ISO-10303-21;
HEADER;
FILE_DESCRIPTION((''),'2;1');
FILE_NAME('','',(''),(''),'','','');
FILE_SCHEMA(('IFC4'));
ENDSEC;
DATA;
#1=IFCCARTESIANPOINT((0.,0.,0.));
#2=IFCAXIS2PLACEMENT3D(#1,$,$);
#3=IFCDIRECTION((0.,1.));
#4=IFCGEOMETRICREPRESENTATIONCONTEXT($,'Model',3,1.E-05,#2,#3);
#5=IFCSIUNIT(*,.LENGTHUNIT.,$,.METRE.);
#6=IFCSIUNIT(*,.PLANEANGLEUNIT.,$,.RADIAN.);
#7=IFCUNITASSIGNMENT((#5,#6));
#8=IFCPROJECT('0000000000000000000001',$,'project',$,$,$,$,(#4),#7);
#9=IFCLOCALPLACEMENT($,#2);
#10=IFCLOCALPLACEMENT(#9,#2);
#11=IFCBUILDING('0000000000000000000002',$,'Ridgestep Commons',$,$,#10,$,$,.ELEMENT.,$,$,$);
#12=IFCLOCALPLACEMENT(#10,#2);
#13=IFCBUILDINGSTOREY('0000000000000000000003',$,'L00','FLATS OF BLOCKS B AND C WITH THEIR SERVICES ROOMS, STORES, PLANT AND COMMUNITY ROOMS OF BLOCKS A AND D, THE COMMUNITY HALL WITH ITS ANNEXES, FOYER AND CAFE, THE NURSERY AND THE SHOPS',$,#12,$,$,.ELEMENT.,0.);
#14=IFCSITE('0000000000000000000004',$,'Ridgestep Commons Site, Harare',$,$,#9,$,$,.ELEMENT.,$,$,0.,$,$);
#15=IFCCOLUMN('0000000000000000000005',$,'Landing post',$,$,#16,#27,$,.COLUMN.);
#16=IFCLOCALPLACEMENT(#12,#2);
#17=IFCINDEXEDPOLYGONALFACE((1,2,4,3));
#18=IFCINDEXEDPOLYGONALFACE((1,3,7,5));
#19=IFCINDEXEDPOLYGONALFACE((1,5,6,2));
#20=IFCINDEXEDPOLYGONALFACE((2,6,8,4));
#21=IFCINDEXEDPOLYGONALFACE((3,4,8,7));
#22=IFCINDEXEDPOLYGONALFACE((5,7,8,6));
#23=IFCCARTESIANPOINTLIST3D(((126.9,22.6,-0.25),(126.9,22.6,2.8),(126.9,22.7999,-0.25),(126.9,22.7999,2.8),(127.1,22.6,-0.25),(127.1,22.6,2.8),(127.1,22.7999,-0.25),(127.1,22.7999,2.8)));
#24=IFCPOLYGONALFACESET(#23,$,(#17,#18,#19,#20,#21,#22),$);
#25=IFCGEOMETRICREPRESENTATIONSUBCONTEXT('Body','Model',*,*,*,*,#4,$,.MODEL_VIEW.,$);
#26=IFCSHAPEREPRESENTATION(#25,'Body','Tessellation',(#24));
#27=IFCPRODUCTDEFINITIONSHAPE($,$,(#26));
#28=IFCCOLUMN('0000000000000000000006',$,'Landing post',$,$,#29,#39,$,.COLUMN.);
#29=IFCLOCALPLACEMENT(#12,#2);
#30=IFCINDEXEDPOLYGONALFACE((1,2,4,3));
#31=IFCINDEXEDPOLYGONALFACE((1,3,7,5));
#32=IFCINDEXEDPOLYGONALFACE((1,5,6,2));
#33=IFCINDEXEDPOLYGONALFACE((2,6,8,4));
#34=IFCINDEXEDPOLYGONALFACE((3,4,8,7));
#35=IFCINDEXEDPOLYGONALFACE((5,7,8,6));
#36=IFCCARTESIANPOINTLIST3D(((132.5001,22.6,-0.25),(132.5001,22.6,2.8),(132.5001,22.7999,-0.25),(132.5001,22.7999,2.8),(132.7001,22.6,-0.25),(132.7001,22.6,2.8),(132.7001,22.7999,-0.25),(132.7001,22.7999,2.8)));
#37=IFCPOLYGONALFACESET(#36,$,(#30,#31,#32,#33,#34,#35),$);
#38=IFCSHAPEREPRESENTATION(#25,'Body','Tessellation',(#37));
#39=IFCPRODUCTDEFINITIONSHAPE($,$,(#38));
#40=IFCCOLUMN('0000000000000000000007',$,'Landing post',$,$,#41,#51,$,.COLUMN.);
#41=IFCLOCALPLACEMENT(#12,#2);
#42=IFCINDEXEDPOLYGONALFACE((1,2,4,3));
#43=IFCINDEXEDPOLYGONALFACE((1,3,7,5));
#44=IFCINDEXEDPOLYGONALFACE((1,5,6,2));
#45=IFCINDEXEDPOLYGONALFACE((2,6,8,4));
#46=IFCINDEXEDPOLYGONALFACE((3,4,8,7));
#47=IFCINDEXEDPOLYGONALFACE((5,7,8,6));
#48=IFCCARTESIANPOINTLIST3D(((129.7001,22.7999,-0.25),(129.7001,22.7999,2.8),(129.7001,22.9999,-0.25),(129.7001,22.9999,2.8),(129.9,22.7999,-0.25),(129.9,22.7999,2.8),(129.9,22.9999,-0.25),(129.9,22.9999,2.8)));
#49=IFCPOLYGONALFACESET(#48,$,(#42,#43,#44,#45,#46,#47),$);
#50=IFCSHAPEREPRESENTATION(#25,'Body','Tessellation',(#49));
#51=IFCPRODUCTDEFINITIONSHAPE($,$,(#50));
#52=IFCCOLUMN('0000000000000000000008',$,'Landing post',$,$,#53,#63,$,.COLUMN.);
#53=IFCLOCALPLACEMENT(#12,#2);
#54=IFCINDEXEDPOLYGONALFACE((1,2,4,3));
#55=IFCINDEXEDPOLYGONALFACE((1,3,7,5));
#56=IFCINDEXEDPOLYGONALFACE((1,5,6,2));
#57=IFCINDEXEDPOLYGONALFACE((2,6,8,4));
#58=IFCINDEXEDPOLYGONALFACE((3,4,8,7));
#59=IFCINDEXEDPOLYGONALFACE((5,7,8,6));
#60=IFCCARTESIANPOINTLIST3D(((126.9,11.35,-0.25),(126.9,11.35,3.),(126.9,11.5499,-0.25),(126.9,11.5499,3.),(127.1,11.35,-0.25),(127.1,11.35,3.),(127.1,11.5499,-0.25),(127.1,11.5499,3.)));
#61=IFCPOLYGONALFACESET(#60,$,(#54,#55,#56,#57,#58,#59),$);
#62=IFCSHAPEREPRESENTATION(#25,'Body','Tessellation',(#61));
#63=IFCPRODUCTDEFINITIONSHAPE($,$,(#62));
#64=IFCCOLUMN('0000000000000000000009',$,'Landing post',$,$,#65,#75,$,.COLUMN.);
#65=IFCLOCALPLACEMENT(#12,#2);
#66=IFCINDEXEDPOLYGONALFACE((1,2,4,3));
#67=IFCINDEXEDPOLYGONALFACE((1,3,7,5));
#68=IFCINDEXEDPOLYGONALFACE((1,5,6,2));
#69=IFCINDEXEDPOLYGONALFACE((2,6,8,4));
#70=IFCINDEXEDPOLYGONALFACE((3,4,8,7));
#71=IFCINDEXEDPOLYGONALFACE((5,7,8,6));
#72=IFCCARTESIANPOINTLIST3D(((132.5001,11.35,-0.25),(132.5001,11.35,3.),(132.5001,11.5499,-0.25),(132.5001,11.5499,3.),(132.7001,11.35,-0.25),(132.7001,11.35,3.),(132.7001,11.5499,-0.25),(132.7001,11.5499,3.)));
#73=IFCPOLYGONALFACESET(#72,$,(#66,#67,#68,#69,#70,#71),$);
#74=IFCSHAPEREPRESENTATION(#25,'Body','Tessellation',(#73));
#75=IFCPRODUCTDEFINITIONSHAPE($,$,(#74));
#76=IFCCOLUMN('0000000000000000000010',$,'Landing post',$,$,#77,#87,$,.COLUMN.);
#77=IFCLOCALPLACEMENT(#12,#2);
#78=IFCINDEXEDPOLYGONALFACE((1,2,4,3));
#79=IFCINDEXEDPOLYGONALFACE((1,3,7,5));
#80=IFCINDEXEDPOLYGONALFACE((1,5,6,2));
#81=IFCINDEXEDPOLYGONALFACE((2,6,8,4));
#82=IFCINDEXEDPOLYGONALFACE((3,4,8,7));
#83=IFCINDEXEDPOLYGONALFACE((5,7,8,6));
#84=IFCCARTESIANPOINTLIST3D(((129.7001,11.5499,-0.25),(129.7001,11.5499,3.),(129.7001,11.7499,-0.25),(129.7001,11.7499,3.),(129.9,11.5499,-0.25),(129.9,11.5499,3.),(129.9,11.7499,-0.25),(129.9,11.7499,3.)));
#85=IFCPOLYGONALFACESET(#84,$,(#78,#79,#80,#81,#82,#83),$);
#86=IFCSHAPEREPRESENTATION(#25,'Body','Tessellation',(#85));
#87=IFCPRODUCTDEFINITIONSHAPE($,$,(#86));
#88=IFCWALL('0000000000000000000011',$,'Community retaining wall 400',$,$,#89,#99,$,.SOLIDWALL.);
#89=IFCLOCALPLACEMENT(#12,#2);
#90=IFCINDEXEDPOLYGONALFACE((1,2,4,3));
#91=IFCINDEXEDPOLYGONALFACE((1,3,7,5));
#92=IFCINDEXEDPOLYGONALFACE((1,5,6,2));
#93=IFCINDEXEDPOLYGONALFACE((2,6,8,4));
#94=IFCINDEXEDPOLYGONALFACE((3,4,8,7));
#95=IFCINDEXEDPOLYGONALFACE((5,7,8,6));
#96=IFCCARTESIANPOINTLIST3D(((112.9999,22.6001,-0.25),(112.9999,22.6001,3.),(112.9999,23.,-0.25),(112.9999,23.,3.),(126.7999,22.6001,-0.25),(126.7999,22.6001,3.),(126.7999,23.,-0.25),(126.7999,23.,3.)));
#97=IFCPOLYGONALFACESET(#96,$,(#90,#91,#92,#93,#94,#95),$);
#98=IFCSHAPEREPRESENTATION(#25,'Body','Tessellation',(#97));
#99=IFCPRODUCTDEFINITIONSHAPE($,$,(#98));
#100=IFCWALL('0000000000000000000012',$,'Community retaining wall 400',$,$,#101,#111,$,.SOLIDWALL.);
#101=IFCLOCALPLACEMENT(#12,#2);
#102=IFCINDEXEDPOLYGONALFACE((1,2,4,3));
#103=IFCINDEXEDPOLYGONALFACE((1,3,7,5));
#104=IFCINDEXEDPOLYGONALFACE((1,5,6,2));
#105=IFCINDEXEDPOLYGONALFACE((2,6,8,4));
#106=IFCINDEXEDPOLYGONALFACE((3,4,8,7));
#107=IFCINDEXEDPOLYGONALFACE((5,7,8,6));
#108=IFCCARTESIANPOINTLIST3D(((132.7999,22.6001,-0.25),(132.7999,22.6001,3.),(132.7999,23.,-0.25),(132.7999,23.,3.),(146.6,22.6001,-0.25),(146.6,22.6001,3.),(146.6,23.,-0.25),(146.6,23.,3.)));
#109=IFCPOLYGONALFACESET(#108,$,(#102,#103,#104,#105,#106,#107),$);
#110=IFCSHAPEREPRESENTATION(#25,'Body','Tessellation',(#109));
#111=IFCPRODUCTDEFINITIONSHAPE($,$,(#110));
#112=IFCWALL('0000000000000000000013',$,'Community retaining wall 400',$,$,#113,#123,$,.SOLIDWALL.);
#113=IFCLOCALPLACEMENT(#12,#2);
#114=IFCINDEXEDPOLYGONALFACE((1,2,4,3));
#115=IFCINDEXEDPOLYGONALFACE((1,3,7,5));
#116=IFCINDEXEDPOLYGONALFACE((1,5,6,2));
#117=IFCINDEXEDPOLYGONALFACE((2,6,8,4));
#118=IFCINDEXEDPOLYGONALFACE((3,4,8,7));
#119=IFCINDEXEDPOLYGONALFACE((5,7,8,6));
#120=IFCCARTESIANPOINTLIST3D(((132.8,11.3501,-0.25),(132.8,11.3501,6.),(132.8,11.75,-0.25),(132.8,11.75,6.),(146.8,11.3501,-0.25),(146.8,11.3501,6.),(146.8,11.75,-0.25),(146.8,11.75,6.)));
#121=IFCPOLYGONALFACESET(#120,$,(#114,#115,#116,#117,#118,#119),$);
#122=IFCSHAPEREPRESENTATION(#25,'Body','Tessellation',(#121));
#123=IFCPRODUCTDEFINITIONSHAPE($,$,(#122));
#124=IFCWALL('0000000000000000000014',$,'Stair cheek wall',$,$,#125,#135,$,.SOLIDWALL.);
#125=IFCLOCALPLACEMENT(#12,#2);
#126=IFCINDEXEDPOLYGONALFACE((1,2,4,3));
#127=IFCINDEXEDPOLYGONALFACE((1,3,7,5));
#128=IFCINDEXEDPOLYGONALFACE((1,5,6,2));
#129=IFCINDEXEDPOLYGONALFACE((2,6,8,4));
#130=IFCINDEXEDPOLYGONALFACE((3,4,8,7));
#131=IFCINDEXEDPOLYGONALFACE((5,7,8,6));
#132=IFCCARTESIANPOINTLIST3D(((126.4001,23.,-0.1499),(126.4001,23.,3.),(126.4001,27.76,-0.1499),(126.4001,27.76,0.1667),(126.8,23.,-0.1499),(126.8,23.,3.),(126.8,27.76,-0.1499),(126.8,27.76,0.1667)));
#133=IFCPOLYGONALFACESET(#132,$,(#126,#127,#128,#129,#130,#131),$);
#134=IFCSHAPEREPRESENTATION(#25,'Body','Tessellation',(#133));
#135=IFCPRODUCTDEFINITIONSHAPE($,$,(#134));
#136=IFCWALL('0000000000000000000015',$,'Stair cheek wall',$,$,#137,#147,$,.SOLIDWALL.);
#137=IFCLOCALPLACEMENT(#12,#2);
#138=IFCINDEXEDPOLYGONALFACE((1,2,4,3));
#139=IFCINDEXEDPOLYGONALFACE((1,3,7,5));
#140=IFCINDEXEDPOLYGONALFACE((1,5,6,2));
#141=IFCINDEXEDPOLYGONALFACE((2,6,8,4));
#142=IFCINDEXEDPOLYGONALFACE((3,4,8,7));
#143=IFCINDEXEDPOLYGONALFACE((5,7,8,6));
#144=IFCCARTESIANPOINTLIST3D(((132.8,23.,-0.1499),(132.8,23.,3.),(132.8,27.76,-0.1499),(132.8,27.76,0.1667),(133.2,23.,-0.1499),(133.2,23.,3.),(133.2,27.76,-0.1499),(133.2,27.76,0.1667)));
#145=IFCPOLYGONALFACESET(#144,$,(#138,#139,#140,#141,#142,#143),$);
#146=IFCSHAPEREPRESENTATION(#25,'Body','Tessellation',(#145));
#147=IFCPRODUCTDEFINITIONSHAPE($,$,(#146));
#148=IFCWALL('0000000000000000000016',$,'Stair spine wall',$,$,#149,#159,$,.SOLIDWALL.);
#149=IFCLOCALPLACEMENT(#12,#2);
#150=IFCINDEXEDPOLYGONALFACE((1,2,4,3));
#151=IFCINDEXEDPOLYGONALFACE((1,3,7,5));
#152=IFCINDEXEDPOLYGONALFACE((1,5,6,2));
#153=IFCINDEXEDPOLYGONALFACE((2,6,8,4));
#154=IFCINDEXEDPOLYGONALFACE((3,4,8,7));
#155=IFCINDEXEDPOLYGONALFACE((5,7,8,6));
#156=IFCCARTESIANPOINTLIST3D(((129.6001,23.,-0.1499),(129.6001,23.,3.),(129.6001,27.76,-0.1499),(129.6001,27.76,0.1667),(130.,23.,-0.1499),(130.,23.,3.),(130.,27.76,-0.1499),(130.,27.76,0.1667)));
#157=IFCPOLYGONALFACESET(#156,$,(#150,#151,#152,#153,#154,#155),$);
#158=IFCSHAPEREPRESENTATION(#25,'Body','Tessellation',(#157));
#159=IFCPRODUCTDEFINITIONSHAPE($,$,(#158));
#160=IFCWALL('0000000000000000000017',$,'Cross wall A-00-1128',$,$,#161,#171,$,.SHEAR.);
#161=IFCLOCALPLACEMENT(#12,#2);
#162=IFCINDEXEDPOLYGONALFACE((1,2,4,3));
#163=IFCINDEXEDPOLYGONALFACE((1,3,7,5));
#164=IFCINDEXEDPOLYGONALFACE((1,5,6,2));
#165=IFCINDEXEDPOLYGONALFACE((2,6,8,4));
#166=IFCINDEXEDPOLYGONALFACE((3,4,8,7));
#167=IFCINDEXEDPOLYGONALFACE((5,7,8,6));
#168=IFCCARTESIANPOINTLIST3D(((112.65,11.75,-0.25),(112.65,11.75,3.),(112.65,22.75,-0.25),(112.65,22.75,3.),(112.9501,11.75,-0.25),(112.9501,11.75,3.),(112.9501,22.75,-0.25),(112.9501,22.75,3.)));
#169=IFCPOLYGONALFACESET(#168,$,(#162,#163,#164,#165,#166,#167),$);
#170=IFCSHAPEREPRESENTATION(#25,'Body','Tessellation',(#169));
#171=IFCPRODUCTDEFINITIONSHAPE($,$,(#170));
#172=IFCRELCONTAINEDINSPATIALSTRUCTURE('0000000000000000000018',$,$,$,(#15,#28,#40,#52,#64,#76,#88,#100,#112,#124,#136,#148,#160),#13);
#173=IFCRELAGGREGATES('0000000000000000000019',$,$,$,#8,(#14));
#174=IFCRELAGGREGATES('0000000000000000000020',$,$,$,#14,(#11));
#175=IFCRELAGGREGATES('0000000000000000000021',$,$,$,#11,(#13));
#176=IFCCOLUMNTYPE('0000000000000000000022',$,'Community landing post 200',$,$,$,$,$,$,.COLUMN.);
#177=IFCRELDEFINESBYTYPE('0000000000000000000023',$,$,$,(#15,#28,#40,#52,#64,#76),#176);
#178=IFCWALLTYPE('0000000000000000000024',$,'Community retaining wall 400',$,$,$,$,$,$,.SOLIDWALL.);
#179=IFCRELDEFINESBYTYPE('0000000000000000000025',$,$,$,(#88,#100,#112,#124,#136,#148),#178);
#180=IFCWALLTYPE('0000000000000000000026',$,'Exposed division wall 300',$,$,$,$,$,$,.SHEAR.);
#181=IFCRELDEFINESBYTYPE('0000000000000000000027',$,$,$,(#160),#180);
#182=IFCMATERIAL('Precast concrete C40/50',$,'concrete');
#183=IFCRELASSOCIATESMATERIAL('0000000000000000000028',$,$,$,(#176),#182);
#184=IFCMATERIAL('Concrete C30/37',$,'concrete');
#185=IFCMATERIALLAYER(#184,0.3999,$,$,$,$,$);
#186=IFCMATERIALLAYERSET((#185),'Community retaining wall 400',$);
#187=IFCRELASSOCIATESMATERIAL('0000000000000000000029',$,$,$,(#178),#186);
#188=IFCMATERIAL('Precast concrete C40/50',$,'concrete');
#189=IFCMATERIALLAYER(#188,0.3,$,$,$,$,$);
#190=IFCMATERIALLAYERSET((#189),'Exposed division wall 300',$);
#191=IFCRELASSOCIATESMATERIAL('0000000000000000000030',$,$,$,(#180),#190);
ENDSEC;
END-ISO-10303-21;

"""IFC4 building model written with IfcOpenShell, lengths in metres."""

from ifc_helpers import new_model, si_unit, direction, frame, frame_2d, origin, origin_2d, place, context, subcontext, project, spatial, polyline, rectangle, outline, extrude, material, layer, layer_set, material_profile, profile_set, type_object, element, save


model = new_model("IFC4")

# Units and contexts
model_context = context("Model", 3, precision=1e-05, world=origin(), true_north=direction((0.0, 1.0)))
body_context = subcontext(model_context, "Body", "Model", "MODEL_VIEW")
ifc_project = project(units=[si_unit("LENGTHUNIT", "METRE"), si_unit("PLANEANGLEUNIT", "RADIAN")], contexts=[model_context])

# Site, building, storey
site_placement = place(None, origin())
site = spatial("IfcSite", under=ifc_project, at=site_placement, Name="Ridgestep Commons Site, Harare", CompositionType="ELEMENT", RefElevation=0.0)
building_placement = place(site_placement, origin())
building = spatial("IfcBuilding", under=site, at=building_placement, Name="Ridgestep Commons", CompositionType="ELEMENT")
storey_placement = place(building_placement, origin())
storey = spatial("IfcBuildingStorey", under=building, at=storey_placement, Name="L00", Description="FLATS OF BLOCKS B AND C WITH THEIR SERVICES ROOMS, STORES, PLANT AND COMMUNITY ROOMS OF BLOCKS A AND D, THE COMMUNITY HALL WITH ITS ANNEXES, FOYER AND CAFE, THE NURSERY AND THE SHOPS", CompositionType="ELEMENT", Elevation=0.0)

# Columns
ifc_material_1 = material(Name="Precast concrete C40/50", Category="concrete")
ifc_material_profile = material_profile(ifc_material_1, rectangle(XDim=0.2, YDim=0.2, at=origin_2d()), Name="Community landing post 200")
ifc_profile_set = profile_set([ifc_material_profile], Name="Precast concrete C40/50")
column_type = type_object("IfcColumnType", Name="Community landing post 200", PredefinedType="COLUMN", material=ifc_profile_set)
for number, where, z_axis, x_axis, name in (
    (1, (127.0, 22.7, -0.25), (0.0, 0.0, 1.0), (1.0, 0.0, 0.0), "Landing post"),
    (2, (132.6001, 22.7, -0.25), (0.0, 0.0, 1.0), (1.0, 0.0, 0.0), "Landing post"),
    (3, (129.8, 22.8999, -0.25), (0.0, 0.0, 1.0), (1.0, 0.0, 0.0), "Landing post"),
):
    element("IfcColumn", number, at=place(storey_placement, frame(where, z_axis=z_axis, x_axis=x_axis)), inside=storey, type_object=column_type, Name=name, PredefinedType="COLUMN", context=body_context, shape_type="SweptSolid", body=[
        extrude(rectangle(XDim=0.2, YDim=0.2, at=origin_2d()), origin(), (0.0, 0.0, 1.0), 3.05),
    ])
for number, where, z_axis, x_axis, name in (
    (4, (127.0, 11.45, -0.25), (0.0, 0.0, 1.0), (1.0, 0.0, 0.0), "Landing post"),
    (5, (132.6001, 11.45, -0.25), (0.0, 0.0, 1.0), (1.0, 0.0, 0.0), "Landing post"),
    (6, (129.8, 11.6499, -0.25), (0.0, 0.0, 1.0), (1.0, 0.0, 0.0), "Landing post"),
):
    element("IfcColumn", number, at=place(storey_placement, frame(where, z_axis=z_axis, x_axis=x_axis)), inside=storey, type_object=column_type, Name=name, PredefinedType="COLUMN", context=body_context, shape_type="SweptSolid", body=[
        extrude(rectangle(XDim=0.2, YDim=0.2, at=origin_2d()), origin(), (0.0, 0.0, 1.0), 3.25),
    ])

# Walls
ifc_material_2 = material(Name="Concrete C30/37", Category="concrete")
ifc_layer_1 = layer(ifc_material_2, 0.3999)
ifc_layer_set_1 = layer_set([ifc_layer_1], Name="Community retaining wall 400")
wall_type_1 = type_object("IfcWallType", Name="Community retaining wall 400", PredefinedType="SOLIDWALL", material=ifc_layer_set_1)
for number, where, z_axis, x_axis, name in (
    (7, (113.0, 22.8, -0.25), (0.0, 0.0, 1.0), (1.0, 0.0, 0.0), "Community retaining wall 400"),
    (8, (132.8, 22.8, -0.25), (0.0, 0.0, 1.0), (1.0, 0.0, 0.0), "Community retaining wall 400"),
):
    element("IfcWall", number, at=place(storey_placement, frame(where, z_axis=z_axis, x_axis=x_axis)), inside=storey, type_object=wall_type_1, Name=name, PredefinedType="SOLIDWALL", context=body_context, shape_type="SweptSolid", body=[
        extrude(rectangle(XDim=13.8, YDim=0.3999, at=frame_2d((6.8999, 0.0))), origin(), (0.0, 0.0, 1.0), 3.25),
    ])
wall_1_placement = place(storey_placement, frame((132.8, 11.55, -0.25), z_axis=(0.0, 0.0, 1.0), x_axis=(1.0, 0.0, 0.0)))
element("IfcWall", 9, at=wall_1_placement, inside=storey, type_object=wall_type_1, Name="Community retaining wall 400", PredefinedType="SOLIDWALL", context=body_context, shape_type="SweptSolid", body=[
    extrude(rectangle(XDim=14.0, YDim=0.3999, at=frame_2d((7.0, 0.0))), origin(), (0.0, 0.0, 1.0), 6.25),
])
for number, where, z_axis, x_axis, name in (
    (10, (126.6001, 23.0, -0.1499), (0.0, 0.0, 1.0), (0.0, 1.0, 0.0), "Stair cheek wall"),
    (11, (133.0, 23.0, -0.1499), (0.0, 0.0, 1.0), (0.0, 1.0, 0.0), "Stair cheek wall"),
    (12, (129.8, 23.0, -0.1499), (0.0, 0.0, 1.0), (0.0, 1.0, 0.0), "Stair spine wall"),
):
    element("IfcWall", number, at=place(storey_placement, frame(where, z_axis=z_axis, x_axis=x_axis)), inside=storey, type_object=wall_type_1, Name=name, PredefinedType="SOLIDWALL", context=body_context, shape_type="SweptSolid", body=[
        extrude(outline(polyline([(0.0, 0.0), (4.76, 0.0), (4.76, 0.3167), (0.0, 3.1499), (0.0, 0.0)])), frame((0.0, 0.2, 0.0), z_axis=(0.0, -1.0, 0.0), x_axis=(1.0, 0.0, 0.0)), (0.0, 0.0, 1.0), 0.3999),
    ])
ifc_material_3 = material(Name="Precast concrete C40/50", Category="concrete")
ifc_layer_2 = layer(ifc_material_3, 0.3)
ifc_layer_set_2 = layer_set([ifc_layer_2], Name="Exposed division wall 300")
wall_type_2 = type_object("IfcWallType", Name="Exposed division wall 300", PredefinedType="SHEAR", material=ifc_layer_set_2)
wall_2_placement = place(storey_placement, frame((112.8, 11.75, -0.25), z_axis=(0.0, 0.0, 1.0), x_axis=(0.0, 1.0, 0.0)))
element("IfcWall", 13, at=wall_2_placement, inside=storey, type_object=wall_type_2, Name="Cross wall A-00-1128", PredefinedType="SHEAR", context=body_context, shape_type="SweptSolid", body=[
    extrude(rectangle(XDim=11.0, YDim=0.3, at=frame_2d((5.5, 0.0))), origin(), (0.0, 0.0, 1.0), 3.25),
])

save(model, "model.ifc")
